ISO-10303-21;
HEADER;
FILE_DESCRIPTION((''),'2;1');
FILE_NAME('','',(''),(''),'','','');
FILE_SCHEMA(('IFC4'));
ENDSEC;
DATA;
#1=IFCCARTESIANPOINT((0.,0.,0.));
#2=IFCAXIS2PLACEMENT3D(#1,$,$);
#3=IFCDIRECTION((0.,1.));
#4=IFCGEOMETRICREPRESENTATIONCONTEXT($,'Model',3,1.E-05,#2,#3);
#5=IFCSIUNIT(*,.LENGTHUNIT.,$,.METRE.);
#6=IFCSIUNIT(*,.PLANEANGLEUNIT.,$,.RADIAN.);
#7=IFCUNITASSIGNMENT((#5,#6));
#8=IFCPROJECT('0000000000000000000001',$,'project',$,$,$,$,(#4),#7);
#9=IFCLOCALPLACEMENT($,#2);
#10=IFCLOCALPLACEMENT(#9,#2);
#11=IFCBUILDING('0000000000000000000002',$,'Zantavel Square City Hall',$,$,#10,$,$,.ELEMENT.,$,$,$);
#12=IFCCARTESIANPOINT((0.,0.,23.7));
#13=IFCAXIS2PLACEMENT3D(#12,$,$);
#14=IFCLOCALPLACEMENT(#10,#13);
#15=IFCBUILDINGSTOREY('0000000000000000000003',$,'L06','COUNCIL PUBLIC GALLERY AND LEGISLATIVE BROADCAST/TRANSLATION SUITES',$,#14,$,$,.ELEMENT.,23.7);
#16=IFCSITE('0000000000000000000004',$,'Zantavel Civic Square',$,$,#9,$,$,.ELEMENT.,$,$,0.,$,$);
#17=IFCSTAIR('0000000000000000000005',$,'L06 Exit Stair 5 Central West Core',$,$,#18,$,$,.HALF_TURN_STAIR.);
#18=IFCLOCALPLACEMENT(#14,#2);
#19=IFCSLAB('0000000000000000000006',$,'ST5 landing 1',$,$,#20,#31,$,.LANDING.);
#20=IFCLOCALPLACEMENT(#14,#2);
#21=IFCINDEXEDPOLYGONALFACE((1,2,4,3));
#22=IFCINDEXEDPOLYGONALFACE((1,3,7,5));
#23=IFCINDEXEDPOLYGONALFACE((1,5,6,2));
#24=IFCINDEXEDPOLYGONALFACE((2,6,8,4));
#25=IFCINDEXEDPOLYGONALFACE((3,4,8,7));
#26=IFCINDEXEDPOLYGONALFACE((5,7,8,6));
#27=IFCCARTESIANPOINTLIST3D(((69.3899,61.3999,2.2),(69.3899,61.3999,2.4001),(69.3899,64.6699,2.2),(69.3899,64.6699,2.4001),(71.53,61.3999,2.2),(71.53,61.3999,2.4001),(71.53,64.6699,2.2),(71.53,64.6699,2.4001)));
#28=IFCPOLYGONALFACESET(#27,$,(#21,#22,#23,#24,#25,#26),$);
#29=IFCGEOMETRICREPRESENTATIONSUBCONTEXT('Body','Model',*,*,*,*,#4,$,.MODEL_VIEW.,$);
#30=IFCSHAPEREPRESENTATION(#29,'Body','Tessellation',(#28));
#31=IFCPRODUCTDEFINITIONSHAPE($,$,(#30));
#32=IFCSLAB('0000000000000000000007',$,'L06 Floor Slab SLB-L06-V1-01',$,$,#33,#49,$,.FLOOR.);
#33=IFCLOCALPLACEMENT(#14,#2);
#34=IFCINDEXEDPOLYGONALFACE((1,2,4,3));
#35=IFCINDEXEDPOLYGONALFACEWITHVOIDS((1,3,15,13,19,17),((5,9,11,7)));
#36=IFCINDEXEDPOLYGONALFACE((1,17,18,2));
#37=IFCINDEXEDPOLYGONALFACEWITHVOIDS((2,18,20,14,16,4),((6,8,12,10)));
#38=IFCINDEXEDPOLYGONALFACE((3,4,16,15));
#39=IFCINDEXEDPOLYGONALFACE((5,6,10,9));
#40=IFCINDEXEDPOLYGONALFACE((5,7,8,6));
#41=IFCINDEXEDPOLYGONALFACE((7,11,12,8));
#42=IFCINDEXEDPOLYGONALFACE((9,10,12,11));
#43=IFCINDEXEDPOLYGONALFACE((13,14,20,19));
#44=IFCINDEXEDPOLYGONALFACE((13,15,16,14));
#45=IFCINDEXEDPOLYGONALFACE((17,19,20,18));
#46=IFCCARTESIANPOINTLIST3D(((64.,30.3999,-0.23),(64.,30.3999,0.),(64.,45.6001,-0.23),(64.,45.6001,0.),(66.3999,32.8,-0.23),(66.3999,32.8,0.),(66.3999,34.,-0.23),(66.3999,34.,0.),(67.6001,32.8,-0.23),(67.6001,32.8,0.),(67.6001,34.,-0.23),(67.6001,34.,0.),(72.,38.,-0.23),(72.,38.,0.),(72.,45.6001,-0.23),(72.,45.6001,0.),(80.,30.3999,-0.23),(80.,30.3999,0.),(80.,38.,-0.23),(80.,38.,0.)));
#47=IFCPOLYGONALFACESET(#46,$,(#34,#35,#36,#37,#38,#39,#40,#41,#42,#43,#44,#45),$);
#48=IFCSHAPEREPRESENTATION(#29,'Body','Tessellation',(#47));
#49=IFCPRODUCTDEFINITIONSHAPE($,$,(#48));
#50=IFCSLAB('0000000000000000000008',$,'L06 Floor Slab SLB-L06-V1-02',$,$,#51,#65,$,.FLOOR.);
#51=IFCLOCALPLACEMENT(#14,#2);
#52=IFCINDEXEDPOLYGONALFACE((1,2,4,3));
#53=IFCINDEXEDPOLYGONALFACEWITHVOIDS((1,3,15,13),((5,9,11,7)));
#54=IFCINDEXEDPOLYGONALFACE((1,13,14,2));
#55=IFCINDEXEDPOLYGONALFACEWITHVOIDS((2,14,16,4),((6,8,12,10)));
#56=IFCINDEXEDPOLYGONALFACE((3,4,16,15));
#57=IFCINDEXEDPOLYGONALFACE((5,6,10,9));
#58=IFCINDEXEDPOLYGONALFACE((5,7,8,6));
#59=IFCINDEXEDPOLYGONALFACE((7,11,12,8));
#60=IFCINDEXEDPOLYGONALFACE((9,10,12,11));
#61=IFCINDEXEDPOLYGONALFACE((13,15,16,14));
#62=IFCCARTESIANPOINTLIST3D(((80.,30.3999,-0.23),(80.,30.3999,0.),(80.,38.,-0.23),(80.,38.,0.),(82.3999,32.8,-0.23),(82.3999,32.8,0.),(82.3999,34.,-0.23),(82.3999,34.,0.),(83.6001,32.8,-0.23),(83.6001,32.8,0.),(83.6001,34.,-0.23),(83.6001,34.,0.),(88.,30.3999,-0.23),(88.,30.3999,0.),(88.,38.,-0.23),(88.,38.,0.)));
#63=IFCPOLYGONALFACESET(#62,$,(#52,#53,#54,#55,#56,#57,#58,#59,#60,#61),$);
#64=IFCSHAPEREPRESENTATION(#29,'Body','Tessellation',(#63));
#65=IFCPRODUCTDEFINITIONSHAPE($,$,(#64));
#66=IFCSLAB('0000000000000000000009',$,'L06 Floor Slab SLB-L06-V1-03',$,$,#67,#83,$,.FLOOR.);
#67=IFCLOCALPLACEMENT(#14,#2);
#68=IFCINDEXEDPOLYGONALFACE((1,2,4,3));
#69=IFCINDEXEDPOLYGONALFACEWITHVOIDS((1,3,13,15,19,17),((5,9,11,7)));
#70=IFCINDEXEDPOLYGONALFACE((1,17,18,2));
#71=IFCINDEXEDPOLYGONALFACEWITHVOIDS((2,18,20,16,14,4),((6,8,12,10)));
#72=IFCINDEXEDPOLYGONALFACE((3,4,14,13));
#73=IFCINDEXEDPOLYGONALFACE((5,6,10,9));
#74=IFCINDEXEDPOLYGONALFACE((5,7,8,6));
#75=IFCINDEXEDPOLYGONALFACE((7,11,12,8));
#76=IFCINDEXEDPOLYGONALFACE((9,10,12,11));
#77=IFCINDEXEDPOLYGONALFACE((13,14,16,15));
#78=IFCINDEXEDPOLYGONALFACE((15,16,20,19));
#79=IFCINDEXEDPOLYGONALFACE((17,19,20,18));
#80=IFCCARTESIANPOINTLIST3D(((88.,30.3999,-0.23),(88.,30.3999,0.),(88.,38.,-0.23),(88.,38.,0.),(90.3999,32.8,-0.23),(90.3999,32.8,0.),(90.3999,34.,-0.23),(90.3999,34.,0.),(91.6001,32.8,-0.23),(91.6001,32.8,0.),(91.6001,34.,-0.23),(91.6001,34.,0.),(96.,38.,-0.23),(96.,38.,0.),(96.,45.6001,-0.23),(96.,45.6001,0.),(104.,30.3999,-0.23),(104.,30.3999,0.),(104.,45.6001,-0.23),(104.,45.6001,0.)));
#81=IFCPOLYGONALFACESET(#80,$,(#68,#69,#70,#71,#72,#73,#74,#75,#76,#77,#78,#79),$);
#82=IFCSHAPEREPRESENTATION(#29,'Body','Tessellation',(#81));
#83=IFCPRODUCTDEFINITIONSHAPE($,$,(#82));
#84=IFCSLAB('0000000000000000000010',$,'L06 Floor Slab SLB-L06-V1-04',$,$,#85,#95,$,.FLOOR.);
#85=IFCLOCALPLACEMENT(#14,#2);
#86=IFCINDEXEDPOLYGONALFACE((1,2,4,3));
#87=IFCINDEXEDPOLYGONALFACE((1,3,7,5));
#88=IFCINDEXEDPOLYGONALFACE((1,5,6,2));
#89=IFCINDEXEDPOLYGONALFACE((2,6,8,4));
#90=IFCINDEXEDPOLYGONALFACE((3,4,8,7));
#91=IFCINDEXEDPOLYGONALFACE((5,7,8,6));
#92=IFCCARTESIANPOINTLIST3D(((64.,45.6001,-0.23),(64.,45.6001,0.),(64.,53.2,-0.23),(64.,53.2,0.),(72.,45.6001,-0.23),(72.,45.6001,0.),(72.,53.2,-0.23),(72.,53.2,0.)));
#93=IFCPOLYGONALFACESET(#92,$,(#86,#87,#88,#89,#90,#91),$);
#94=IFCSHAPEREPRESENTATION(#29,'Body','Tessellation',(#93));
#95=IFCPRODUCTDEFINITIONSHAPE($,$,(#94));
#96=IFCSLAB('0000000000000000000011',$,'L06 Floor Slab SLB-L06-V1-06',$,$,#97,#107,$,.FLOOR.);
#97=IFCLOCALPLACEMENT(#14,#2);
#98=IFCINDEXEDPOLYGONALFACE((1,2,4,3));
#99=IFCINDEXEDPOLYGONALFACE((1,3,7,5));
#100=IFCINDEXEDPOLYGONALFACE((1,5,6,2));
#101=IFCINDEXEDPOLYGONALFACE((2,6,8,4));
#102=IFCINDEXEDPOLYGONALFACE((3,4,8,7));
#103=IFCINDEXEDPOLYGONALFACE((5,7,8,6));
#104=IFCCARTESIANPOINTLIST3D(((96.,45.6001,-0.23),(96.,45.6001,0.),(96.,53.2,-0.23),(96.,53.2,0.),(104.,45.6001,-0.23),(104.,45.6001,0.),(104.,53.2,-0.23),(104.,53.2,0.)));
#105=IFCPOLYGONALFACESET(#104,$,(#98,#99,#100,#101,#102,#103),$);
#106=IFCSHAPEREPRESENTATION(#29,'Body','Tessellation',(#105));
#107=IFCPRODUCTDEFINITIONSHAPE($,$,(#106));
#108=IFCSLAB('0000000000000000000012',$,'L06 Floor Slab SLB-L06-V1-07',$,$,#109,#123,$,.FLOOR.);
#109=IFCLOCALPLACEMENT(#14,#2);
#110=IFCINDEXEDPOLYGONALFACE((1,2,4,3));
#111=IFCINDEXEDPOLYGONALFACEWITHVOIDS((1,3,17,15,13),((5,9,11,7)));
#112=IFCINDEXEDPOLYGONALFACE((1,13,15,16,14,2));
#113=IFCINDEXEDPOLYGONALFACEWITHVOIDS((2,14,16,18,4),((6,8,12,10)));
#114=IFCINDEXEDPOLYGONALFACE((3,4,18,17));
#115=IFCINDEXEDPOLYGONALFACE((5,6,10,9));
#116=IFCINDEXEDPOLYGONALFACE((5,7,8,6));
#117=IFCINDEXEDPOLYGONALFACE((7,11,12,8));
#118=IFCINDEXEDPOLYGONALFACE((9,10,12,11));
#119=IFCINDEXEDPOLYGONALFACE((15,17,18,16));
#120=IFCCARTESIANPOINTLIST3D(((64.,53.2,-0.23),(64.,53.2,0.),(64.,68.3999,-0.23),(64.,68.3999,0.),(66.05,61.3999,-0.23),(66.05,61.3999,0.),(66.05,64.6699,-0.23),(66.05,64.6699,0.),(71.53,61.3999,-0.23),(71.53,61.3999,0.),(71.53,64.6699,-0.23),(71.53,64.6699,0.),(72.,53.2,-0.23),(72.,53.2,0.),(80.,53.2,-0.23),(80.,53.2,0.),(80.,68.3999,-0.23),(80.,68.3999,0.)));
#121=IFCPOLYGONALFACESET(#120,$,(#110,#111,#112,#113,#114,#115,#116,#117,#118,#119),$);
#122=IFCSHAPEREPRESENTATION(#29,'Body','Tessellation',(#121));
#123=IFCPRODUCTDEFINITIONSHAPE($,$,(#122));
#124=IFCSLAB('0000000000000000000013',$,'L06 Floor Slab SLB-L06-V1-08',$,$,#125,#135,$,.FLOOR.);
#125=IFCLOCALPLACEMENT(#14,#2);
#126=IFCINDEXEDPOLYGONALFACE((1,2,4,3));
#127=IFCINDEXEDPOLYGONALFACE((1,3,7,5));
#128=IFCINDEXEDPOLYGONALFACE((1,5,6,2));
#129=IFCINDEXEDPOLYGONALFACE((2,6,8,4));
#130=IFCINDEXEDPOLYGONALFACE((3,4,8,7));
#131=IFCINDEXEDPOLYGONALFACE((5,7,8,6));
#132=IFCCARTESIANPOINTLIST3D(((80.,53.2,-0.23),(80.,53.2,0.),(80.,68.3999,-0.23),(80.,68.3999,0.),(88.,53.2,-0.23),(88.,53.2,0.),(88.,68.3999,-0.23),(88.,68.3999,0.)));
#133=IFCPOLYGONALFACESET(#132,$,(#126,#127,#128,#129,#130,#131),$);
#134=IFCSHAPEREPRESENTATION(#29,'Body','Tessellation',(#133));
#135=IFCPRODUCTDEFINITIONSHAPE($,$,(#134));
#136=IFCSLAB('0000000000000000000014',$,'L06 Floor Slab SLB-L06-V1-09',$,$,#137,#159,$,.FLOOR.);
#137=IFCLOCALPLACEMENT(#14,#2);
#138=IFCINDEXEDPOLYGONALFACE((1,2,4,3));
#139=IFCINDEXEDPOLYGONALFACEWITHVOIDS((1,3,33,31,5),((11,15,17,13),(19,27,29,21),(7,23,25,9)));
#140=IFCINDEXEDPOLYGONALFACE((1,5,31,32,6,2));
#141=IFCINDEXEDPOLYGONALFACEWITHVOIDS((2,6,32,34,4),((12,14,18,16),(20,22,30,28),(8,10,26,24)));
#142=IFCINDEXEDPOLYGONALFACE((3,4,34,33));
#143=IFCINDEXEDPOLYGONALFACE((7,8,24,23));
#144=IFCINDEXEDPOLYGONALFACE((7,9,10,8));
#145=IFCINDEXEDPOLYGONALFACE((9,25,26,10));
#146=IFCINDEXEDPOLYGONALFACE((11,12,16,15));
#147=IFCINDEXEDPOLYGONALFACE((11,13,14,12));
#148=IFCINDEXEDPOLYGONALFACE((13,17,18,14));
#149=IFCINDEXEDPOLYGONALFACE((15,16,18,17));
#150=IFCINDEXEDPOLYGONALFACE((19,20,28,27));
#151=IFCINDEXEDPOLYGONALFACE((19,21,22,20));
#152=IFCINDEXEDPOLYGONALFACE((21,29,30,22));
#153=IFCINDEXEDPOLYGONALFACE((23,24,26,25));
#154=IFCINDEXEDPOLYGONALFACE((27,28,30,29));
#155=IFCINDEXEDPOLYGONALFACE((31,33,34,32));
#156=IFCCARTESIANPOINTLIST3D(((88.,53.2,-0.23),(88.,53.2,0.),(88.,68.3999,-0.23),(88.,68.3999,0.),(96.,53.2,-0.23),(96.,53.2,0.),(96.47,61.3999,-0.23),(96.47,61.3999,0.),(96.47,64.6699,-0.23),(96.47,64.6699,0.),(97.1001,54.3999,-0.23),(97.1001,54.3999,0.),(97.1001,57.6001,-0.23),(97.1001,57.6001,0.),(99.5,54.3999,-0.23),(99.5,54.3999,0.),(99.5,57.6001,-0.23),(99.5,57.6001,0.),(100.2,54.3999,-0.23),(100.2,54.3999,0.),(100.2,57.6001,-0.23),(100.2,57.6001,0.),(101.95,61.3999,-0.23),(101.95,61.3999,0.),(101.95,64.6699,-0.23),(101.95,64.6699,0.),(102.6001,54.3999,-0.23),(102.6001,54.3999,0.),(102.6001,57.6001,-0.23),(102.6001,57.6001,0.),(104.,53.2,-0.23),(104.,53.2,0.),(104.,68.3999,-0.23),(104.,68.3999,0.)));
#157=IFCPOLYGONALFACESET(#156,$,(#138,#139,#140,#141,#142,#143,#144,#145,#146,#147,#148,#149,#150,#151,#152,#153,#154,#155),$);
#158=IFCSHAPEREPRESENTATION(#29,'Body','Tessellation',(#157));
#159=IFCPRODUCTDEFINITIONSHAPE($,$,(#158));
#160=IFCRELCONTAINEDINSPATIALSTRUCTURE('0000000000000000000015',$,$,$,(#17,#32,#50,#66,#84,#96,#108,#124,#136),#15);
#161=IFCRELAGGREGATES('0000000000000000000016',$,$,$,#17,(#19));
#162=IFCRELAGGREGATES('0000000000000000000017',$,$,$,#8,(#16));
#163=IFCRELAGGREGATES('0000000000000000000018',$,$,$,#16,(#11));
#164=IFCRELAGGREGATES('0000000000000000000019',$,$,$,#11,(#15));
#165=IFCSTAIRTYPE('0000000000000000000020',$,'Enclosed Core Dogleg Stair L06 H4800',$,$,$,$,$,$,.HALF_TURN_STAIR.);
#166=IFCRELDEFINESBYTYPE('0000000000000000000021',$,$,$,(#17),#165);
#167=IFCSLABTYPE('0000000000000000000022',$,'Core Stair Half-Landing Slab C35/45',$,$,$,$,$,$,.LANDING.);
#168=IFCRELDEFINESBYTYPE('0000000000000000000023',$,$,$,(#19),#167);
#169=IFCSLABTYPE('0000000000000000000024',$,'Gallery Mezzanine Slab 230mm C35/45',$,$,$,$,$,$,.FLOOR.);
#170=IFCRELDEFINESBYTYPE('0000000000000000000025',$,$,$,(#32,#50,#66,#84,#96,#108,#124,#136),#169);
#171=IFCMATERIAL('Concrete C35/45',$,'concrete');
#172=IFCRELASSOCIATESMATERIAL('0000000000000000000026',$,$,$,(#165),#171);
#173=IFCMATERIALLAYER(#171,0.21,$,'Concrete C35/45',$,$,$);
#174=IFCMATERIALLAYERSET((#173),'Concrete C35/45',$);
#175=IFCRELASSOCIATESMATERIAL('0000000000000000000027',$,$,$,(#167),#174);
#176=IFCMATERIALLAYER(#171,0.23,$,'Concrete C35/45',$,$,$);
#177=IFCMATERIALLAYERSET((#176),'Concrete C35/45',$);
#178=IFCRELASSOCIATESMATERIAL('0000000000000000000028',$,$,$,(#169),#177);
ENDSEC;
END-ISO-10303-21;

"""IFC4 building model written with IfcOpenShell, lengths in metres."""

from ifc_helpers import new_model, si_unit, direction, frame, origin, place, context, subcontext, project, spatial, polyline, outline, extrude, material, layer, layer_set, type_object, element, aggregate, save


model = new_model("IFC4")

# Units and contexts
model_context = context("Model", 3, precision=1e-05, world=origin(), true_north=direction((0.0, 1.0)))
body_context = subcontext(model_context, "Body", "Model", "MODEL_VIEW")
ifc_project = project(units=[si_unit("LENGTHUNIT", "METRE"), si_unit("PLANEANGLEUNIT", "RADIAN")], contexts=[model_context])

# Site, building, storey
site_placement = place(None, origin())
site = spatial("IfcSite", under=ifc_project, at=site_placement, Name="Zantavel Civic Square", CompositionType="ELEMENT", RefElevation=0.0)
building_placement = place(site_placement, origin())
building = spatial("IfcBuilding", under=site, at=building_placement, Name="Zantavel Square City Hall", CompositionType="ELEMENT")
storey_placement = place(building_placement, frame((0.0, 0.0, 23.7)))
storey = spatial("IfcBuildingStorey", under=building, at=storey_placement, Name="L06", Description="COUNCIL PUBLIC GALLERY AND LEGISLATIVE BROADCAST/TRANSLATION SUITES", CompositionType="ELEMENT", Elevation=23.7)

# Stair, slab
ifc_material_1 = material(Name="Concrete C35/45", Category="concrete")
stair_type = type_object("IfcStairType", Name="Enclosed Core Dogleg Stair L06 H4800", PredefinedType="HALF_TURN_STAIR", material=ifc_material_1)
stair_placement = place(storey_placement, origin())
stair = element("IfcStair", 1, at=stair_placement, inside=storey, type_object=stair_type, Name="L06 Exit Stair 5 Central West Core", PredefinedType="HALF_TURN_STAIR")
ifc_layer_1 = layer(ifc_material_1, 0.21, Name="Concrete C35/45")
ifc_layer_set_1 = layer_set([ifc_layer_1], Name="Concrete C35/45")
slab_type_1 = type_object("IfcSlabType", Name="Core Stair Half-Landing Slab C35/45", PredefinedType="LANDING", material=ifc_layer_set_1)
slab_1_placement = place(storey_placement, frame((0.0, 0.0, 2.2)))
slab_1 = element("IfcSlab", 2, at=slab_1_placement, type_object=slab_type_1, Name="ST5 landing 1", PredefinedType="LANDING", context=body_context, shape_type="SweptSolid", body=[
    extrude(outline(polyline([(69.3899, 61.3999), (71.53, 61.3999), (71.53, 64.6699), (69.3899, 64.6699), (69.3899, 61.3999)])), origin(), (0.0, 0.0, 1.0), 0.2002),
])
aggregate(stair, [slab_1])

# Slabs
ifc_layer_2 = layer(ifc_material_1, 0.23, Name="Concrete C35/45")
ifc_layer_set_2 = layer_set([ifc_layer_2], Name="Concrete C35/45")
slab_type_2 = type_object("IfcSlabType", Name="Gallery Mezzanine Slab 230mm C35/45", PredefinedType="FLOOR", material=ifc_layer_set_2)
slab_2_placement = place(storey_placement, frame((0.0, 0.0, -0.23)))
element("IfcSlab", 3, at=slab_2_placement, inside=storey, type_object=slab_type_2, Name="L06 Floor Slab SLB-L06-V1-01", PredefinedType="FLOOR", context=body_context, shape_type="SweptSolid", body=[
    extrude(outline(polyline([(72.0, 45.6001), (72.0, 38.0), (80.0, 38.0), (80.0, 30.3999), (64.0, 30.3999), (64.0, 45.6001), (72.0, 45.6001)]), holes=[polyline([(67.6001, 34.0), (66.3999, 34.0), (66.3999, 32.8), (67.6001, 32.8), (67.6001, 34.0)])]), origin(), (0.0, 0.0, 1.0), 0.23),
])
slab_3_placement = place(storey_placement, frame((0.0, 0.0, -0.23)))
element("IfcSlab", 4, at=slab_3_placement, inside=storey, type_object=slab_type_2, Name="L06 Floor Slab SLB-L06-V1-02", PredefinedType="FLOOR", context=body_context, shape_type="SweptSolid", body=[
    extrude(outline(polyline([(80.0, 30.3999), (80.0, 38.0), (88.0, 38.0), (88.0, 30.3999), (80.0, 30.3999)]), holes=[polyline([(83.6001, 34.0), (82.3999, 34.0), (82.3999, 32.8), (83.6001, 32.8), (83.6001, 34.0)])]), origin(), (0.0, 0.0, 1.0), 0.23),
])
slab_4_placement = place(storey_placement, frame((0.0, 0.0, -0.23)))
element("IfcSlab", 5, at=slab_4_placement, inside=storey, type_object=slab_type_2, Name="L06 Floor Slab SLB-L06-V1-03", PredefinedType="FLOOR", context=body_context, shape_type="SweptSolid", body=[
    extrude(outline(polyline([(104.0, 30.3999), (88.0, 30.3999), (88.0, 38.0), (96.0, 38.0), (96.0, 45.6001), (104.0, 45.6001), (104.0, 30.3999)]), holes=[polyline([(91.6001, 34.0), (90.3999, 34.0), (90.3999, 32.8), (91.6001, 32.8), (91.6001, 34.0)])]), origin(), (0.0, 0.0, 1.0), 0.23),
])
slab_5_placement = place(storey_placement, frame((0.0, 0.0, -0.23)))
element("IfcSlab", 6, at=slab_5_placement, inside=storey, type_object=slab_type_2, Name="L06 Floor Slab SLB-L06-V1-04", PredefinedType="FLOOR", context=body_context, shape_type="SweptSolid", body=[
    extrude(outline(polyline([(72.0, 53.2), (72.0, 45.6001), (64.0, 45.6001), (64.0, 53.2), (72.0, 53.2)])), origin(), (0.0, 0.0, 1.0), 0.23),
])
slab_6_placement = place(storey_placement, frame((0.0, 0.0, -0.23)))
element("IfcSlab", 7, at=slab_6_placement, inside=storey, type_object=slab_type_2, Name="L06 Floor Slab SLB-L06-V1-06", PredefinedType="FLOOR", context=body_context, shape_type="SweptSolid", body=[
    extrude(outline(polyline([(104.0, 53.2), (104.0, 45.6001), (96.0, 45.6001), (96.0, 53.2), (104.0, 53.2)])), origin(), (0.0, 0.0, 1.0), 0.23),
])
slab_7_placement = place(storey_placement, frame((0.0, 0.0, -0.23)))
element("IfcSlab", 8, at=slab_7_placement, inside=storey, type_object=slab_type_2, Name="L06 Floor Slab SLB-L06-V1-07", PredefinedType="FLOOR", context=body_context, shape_type="SweptSolid", body=[
    extrude(outline(polyline([(80.0, 53.2), (72.0, 53.2), (72.0, 53.2), (64.0, 53.2), (64.0, 68.3999), (80.0, 68.3999), (80.0, 53.2)]), holes=[polyline([(71.53, 64.6699), (66.05, 64.6699), (66.05, 61.3999), (71.53, 61.3999), (71.53, 64.6699)])]), origin(), (0.0, 0.0, 1.0), 0.23),
])
slab_8_placement = place(storey_placement, frame((0.0, 0.0, -0.23)))
element("IfcSlab", 9, at=slab_8_placement, inside=storey, type_object=slab_type_2, Name="L06 Floor Slab SLB-L06-V1-08", PredefinedType="FLOOR", context=body_context, shape_type="SweptSolid", body=[
    extrude(outline(polyline([(88.0, 53.2), (80.0, 53.2), (80.0, 68.3999), (88.0, 68.3999), (88.0, 53.2)])), origin(), (0.0, 0.0, 1.0), 0.23),
])
slab_9_placement = place(storey_placement, frame((0.0, 0.0, -0.23)))
element("IfcSlab", 10, at=slab_9_placement, inside=storey, type_object=slab_type_2, Name="L06 Floor Slab SLB-L06-V1-09", PredefinedType="FLOOR", context=body_context, shape_type="SweptSolid", body=[
    extrude(outline(polyline([(88.0, 53.2), (88.0, 68.3999), (104.0, 68.3999), (104.0, 53.2), (96.0, 53.2), (96.0, 53.2), (88.0, 53.2)]), holes=[polyline([(96.47, 61.3999), (101.95, 61.3999), (101.95, 64.6699), (96.47, 64.6699), (96.47, 61.3999)]), polyline([(97.1001, 57.6001), (97.1001, 54.3999), (99.5, 54.3999), (99.5, 57.6001), (97.1001, 57.6001)]), polyline([(102.6001, 57.6001), (100.2, 57.6001), (100.2, 54.3999), (102.6001, 54.3999), (102.6001, 57.6001)])]), origin(), (0.0, 0.0, 1.0), 0.23),
])

save(model, "model.ifc")
